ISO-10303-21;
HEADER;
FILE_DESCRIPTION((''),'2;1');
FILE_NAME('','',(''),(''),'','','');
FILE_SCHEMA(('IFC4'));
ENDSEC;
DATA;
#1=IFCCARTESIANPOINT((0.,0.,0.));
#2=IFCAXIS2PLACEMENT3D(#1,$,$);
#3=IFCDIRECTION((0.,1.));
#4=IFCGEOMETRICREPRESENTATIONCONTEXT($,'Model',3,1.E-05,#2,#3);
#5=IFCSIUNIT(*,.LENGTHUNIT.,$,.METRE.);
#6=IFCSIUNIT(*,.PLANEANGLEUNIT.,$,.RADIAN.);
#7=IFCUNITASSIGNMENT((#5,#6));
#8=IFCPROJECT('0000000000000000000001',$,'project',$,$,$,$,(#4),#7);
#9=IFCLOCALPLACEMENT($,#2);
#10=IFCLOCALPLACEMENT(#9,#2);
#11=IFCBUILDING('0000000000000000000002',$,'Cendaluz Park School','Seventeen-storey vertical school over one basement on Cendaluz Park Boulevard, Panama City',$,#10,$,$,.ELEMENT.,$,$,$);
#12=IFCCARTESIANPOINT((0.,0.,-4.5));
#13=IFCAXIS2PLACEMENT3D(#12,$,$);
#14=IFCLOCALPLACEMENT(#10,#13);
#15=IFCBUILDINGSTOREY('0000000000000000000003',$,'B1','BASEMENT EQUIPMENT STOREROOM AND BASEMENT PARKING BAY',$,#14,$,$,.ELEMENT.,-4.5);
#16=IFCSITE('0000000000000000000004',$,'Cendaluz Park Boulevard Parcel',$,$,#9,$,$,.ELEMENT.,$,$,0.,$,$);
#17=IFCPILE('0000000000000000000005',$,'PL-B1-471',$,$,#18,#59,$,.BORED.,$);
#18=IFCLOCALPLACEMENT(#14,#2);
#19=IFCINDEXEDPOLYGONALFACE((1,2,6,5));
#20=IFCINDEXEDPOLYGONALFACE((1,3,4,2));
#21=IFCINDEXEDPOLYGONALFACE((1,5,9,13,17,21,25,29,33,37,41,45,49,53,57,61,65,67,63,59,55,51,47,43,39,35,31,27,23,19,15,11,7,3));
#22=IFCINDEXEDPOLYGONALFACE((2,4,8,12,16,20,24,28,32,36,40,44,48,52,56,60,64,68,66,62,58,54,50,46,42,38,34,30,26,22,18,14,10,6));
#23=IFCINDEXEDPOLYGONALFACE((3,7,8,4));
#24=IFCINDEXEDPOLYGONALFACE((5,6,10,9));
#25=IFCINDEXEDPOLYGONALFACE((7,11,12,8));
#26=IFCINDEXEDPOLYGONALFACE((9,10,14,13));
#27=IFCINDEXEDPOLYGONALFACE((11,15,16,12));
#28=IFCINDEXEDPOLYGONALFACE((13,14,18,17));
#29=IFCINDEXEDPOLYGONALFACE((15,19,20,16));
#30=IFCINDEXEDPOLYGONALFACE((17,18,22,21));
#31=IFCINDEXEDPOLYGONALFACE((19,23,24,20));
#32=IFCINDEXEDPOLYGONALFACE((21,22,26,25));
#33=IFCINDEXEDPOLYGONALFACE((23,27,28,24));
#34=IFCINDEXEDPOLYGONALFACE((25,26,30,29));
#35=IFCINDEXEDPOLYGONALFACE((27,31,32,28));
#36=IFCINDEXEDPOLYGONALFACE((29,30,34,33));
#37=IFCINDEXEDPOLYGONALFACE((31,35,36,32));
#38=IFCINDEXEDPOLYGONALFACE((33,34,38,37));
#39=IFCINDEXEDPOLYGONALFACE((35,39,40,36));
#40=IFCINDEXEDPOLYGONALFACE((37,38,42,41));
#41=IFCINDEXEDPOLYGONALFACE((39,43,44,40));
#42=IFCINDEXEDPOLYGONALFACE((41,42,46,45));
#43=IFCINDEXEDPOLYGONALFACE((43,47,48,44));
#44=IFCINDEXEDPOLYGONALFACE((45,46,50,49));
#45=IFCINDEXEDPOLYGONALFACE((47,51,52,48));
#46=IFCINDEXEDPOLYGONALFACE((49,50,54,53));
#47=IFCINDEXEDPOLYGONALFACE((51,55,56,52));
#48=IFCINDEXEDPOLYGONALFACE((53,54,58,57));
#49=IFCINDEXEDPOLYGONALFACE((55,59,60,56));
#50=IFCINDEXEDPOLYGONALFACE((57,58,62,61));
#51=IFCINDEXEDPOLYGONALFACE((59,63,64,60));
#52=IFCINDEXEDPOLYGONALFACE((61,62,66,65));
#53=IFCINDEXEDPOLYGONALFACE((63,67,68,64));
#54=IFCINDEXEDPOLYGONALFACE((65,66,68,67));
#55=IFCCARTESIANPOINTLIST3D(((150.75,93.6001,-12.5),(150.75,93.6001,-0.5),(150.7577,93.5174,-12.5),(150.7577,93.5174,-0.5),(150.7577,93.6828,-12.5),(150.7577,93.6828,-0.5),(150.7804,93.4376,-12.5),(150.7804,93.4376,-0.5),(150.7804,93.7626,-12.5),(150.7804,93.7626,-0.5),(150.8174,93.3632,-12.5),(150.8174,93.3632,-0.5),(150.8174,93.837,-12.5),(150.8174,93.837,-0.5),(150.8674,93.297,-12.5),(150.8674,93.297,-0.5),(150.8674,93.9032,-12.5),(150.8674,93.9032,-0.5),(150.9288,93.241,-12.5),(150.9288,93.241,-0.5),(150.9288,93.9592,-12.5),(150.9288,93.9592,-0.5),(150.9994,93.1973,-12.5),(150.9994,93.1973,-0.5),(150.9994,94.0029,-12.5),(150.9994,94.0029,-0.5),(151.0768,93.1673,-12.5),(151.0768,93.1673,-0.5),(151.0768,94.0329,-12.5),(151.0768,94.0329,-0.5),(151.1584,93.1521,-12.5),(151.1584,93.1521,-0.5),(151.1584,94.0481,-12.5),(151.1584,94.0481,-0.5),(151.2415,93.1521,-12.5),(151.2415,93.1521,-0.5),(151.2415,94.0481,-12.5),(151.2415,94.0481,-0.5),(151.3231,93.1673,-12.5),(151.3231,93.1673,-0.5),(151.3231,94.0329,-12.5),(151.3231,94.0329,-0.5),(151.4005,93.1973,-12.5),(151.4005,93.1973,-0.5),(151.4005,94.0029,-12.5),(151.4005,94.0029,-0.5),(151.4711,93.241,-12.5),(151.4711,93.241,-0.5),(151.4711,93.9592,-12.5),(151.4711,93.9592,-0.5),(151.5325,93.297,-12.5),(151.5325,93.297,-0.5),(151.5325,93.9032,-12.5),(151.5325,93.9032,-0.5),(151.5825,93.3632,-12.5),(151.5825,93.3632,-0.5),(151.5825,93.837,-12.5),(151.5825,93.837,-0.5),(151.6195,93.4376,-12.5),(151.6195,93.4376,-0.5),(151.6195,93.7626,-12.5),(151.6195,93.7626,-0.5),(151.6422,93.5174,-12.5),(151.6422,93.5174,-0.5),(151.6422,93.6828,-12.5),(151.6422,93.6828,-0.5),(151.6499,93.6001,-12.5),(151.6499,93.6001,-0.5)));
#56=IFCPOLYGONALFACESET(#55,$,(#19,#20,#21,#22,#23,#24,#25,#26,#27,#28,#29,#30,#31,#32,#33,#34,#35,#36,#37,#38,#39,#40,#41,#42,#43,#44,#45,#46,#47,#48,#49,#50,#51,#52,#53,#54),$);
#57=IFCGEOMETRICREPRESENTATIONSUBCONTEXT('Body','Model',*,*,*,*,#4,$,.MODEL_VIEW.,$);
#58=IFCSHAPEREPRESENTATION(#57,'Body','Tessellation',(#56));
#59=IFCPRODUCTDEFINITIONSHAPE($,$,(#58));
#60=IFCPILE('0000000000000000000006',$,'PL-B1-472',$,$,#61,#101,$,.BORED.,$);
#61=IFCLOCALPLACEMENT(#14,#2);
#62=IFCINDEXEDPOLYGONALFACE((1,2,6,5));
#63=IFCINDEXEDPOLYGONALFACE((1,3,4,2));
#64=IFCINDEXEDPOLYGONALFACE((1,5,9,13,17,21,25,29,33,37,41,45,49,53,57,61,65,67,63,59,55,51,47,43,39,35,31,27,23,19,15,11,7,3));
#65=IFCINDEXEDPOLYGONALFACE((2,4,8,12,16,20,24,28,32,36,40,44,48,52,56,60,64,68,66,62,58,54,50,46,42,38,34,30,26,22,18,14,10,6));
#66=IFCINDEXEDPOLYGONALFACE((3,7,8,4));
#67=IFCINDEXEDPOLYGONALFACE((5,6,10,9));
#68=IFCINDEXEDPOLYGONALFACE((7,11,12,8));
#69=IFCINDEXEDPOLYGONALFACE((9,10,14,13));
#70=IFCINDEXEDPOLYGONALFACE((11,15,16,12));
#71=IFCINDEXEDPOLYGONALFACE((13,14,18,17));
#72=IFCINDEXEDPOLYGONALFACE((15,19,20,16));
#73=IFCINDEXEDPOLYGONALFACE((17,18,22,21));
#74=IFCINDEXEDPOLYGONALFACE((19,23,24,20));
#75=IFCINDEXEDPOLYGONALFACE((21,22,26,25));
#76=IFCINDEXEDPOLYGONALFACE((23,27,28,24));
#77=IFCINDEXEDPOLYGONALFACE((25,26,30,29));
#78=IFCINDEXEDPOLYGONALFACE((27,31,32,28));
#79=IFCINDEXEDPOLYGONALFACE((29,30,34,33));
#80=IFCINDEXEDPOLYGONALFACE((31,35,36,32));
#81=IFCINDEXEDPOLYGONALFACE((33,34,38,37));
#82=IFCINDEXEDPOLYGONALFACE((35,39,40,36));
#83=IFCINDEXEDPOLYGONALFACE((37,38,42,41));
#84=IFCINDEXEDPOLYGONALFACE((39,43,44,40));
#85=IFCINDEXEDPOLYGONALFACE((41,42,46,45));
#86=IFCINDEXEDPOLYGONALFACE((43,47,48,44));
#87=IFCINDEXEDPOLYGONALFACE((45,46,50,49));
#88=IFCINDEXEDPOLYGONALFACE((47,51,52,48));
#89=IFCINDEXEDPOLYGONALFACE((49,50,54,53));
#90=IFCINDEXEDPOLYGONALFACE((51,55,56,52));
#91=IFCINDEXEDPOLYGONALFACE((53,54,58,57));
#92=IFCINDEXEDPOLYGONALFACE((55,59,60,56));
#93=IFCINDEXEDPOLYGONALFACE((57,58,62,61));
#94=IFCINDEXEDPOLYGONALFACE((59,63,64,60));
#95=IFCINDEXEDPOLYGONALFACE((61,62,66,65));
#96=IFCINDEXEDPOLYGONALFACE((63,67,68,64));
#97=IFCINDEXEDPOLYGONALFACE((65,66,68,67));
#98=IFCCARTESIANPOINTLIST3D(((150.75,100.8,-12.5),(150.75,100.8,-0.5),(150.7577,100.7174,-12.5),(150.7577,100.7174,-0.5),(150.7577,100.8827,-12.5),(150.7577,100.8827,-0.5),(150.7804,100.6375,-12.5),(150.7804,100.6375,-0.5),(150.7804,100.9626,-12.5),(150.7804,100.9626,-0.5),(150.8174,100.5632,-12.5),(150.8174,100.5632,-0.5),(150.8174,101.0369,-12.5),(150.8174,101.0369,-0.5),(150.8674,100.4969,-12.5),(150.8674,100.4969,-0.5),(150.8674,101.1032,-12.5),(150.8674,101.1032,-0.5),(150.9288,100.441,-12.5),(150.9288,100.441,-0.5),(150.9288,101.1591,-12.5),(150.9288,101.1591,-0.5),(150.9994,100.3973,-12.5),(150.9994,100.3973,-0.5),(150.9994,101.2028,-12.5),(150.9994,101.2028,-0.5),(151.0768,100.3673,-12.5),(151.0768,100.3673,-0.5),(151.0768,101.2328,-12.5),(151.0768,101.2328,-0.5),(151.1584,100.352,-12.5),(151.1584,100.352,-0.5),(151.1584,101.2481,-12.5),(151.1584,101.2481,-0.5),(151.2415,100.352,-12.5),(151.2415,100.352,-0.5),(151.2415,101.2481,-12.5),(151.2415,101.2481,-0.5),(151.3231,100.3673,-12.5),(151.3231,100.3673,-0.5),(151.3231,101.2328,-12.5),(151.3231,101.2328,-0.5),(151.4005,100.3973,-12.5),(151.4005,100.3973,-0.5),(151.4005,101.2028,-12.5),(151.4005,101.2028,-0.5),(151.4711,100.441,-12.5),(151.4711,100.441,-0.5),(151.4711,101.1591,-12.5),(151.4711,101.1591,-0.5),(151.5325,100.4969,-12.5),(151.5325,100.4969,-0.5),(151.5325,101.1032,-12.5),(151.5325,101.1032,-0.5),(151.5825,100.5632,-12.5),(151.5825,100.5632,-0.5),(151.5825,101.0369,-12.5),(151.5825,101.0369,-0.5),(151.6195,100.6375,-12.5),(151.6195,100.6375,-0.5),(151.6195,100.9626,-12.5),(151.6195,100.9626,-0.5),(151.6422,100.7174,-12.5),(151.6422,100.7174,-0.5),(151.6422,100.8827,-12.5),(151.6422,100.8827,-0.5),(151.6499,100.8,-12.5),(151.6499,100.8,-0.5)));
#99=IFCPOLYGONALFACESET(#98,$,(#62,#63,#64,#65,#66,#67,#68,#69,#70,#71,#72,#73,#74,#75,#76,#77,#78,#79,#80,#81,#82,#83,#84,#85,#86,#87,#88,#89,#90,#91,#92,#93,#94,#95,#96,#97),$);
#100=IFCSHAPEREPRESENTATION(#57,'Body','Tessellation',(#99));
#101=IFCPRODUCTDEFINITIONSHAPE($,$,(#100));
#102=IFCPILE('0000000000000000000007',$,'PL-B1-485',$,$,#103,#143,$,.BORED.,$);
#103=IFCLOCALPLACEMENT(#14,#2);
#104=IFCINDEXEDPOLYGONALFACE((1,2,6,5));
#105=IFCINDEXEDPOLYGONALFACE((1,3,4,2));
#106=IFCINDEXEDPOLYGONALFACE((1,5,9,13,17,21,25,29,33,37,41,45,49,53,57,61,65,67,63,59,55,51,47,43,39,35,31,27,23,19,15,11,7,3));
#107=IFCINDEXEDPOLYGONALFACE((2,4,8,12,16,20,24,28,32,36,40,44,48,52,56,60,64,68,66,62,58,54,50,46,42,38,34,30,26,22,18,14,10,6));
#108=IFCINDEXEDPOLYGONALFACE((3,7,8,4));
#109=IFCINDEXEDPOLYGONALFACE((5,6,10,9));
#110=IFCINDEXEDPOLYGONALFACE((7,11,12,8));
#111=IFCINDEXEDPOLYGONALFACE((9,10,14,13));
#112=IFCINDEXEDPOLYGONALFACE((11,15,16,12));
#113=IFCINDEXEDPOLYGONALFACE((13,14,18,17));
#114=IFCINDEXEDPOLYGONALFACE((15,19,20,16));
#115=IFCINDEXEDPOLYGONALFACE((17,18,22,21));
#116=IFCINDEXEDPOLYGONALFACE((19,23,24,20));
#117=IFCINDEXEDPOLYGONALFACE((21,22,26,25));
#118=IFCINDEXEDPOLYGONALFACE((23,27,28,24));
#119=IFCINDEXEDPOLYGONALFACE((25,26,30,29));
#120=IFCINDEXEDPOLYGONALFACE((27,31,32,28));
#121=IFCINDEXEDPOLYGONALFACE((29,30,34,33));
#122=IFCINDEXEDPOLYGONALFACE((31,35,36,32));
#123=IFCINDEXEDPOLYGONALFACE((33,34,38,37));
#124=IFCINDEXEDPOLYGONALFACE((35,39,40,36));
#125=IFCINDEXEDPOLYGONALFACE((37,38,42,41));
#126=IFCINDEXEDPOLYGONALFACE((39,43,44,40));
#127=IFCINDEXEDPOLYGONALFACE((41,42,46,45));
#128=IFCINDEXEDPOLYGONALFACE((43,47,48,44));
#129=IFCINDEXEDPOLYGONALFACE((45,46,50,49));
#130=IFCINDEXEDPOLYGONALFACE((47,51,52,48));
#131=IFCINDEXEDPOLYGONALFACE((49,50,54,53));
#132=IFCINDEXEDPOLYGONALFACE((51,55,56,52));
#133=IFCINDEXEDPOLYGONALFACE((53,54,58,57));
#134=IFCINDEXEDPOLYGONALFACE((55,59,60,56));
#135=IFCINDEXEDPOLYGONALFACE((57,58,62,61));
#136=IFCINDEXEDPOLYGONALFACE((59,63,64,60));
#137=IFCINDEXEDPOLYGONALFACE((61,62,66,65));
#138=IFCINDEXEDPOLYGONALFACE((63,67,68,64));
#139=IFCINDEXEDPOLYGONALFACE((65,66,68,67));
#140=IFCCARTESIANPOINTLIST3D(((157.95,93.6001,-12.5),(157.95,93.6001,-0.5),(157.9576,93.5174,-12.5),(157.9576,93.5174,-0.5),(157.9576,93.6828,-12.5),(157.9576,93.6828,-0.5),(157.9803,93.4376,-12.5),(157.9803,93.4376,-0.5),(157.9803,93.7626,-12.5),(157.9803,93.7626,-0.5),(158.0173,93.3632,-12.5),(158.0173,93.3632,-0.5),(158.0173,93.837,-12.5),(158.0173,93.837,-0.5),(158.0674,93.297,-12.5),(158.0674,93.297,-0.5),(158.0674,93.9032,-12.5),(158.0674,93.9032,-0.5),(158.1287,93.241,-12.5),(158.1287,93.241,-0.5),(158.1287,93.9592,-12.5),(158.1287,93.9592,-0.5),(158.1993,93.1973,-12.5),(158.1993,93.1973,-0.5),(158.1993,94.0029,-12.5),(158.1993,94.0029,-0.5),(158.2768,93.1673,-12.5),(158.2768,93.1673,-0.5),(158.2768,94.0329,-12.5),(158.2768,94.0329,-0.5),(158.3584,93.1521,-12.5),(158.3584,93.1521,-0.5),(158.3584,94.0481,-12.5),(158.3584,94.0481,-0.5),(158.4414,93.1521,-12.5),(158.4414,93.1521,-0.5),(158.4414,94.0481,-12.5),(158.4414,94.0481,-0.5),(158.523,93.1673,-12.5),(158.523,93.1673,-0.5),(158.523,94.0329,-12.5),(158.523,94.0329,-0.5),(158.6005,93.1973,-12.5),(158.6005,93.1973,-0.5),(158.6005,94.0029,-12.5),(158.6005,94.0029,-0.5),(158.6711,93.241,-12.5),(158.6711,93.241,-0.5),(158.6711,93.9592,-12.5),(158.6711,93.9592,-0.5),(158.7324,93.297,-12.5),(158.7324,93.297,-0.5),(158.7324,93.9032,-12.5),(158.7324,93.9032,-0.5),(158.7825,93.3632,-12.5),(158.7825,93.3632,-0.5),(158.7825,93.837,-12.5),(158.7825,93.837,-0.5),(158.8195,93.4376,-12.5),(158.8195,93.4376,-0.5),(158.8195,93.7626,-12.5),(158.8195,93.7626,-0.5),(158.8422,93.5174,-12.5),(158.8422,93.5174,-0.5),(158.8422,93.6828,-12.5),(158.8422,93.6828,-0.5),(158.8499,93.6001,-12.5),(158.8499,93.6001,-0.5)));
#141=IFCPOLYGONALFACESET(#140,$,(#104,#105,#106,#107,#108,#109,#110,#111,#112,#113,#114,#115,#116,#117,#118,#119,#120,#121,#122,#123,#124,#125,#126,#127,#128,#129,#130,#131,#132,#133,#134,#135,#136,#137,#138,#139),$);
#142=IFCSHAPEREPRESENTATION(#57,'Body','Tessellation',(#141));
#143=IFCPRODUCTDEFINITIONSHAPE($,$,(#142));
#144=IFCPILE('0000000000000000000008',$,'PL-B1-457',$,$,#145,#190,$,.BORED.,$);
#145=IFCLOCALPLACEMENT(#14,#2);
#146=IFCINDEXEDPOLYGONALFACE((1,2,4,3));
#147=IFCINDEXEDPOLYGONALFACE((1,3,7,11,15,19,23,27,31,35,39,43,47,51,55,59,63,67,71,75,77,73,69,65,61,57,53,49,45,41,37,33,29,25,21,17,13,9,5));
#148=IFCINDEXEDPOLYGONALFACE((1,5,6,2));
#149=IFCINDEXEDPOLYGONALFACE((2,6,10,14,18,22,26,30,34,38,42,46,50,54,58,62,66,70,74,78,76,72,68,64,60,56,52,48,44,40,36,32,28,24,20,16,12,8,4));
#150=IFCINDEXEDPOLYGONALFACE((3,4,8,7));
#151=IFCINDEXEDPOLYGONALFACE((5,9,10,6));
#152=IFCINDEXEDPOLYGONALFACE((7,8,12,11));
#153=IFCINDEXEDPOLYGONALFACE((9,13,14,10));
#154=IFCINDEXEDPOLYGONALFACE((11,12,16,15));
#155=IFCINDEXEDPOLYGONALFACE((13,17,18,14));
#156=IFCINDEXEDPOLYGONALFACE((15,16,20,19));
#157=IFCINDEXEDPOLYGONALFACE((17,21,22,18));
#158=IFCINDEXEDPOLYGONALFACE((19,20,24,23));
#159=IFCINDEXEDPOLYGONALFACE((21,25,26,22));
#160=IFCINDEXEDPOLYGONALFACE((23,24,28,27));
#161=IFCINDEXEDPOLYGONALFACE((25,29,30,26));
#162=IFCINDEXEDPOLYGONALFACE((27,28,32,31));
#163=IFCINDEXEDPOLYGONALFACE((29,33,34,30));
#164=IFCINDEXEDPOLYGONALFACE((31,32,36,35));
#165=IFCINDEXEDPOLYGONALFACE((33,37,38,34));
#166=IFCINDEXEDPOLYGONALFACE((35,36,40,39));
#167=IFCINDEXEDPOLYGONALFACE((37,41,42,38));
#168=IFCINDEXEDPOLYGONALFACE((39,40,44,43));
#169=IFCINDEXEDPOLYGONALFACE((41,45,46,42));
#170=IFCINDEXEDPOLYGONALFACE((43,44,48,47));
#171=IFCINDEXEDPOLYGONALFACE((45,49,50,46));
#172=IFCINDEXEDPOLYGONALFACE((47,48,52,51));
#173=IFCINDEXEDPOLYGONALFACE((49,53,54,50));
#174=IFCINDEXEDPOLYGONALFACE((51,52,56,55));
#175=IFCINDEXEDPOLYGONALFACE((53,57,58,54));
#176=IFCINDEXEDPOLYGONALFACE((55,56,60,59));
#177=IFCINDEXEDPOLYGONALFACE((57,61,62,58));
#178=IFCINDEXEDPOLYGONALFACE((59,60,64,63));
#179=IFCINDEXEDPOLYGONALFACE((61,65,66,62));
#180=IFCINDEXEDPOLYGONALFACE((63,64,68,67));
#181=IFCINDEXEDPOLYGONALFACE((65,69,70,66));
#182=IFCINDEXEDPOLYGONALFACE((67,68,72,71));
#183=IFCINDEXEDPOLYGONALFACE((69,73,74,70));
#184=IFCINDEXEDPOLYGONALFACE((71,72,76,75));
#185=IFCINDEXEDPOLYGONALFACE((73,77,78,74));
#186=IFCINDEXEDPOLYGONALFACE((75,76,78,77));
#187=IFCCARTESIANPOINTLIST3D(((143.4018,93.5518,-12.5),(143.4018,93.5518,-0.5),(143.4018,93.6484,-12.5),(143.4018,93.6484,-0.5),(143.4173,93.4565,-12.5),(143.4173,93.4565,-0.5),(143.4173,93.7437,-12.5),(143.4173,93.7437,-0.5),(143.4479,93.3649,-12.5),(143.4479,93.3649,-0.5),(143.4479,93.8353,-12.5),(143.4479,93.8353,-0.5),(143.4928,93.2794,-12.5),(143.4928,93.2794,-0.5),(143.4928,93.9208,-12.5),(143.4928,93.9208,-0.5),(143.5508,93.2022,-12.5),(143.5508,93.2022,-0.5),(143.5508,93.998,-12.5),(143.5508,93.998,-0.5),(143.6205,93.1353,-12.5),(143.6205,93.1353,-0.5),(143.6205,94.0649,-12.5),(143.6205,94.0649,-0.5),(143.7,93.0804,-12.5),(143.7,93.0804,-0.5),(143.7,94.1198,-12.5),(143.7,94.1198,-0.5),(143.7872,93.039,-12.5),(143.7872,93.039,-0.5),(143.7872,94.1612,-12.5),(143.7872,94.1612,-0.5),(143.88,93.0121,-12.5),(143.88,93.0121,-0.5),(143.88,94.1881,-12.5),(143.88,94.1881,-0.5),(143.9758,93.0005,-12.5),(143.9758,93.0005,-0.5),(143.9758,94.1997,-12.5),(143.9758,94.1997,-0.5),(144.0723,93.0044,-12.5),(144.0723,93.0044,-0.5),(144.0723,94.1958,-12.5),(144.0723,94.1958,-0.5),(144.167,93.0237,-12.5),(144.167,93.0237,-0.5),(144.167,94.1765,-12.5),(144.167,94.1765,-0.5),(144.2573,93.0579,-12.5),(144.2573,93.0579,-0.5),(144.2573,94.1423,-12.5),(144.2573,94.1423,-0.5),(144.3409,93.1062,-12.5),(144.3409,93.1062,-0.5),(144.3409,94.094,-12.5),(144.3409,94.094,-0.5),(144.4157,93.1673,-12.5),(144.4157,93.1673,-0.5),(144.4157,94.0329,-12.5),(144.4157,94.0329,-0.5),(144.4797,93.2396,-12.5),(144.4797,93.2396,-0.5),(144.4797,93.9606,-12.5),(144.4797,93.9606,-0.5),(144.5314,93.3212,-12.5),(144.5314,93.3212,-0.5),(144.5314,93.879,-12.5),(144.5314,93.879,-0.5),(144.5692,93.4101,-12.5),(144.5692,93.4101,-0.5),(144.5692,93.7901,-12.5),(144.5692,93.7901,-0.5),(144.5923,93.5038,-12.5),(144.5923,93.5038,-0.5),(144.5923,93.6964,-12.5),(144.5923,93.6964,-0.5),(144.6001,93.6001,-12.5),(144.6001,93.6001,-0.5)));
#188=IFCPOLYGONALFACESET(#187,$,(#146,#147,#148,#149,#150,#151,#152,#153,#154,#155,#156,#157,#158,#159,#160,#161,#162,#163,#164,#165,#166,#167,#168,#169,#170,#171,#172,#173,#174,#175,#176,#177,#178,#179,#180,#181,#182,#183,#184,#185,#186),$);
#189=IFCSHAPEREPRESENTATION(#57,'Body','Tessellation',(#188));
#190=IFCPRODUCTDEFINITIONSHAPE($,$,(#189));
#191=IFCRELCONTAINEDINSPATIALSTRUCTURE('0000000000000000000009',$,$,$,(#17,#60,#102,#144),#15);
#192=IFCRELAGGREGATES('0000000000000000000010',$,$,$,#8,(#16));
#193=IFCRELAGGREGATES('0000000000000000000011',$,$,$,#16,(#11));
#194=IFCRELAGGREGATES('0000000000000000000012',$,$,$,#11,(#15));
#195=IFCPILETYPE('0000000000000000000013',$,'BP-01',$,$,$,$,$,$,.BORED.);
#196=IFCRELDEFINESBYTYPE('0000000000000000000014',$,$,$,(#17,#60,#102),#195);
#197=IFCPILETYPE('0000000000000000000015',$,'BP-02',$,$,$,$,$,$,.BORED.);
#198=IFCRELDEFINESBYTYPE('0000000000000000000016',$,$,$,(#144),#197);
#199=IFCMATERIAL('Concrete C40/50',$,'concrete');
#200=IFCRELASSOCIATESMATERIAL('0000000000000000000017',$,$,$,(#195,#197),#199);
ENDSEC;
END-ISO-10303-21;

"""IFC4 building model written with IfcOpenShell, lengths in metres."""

from ifc_helpers import new_model, si_unit, direction, frame, origin, origin_2d, place, context, subcontext, project, spatial, circle, extrude, material, material_profile, profile_set, type_object, element, save


model = new_model("IFC4")

# Units and contexts
model_context = context("Model", 3, precision=1e-05, world=origin(), true_north=direction((0.0, 1.0)))
body_context = subcontext(model_context, "Body", "Model", "MODEL_VIEW")
ifc_project = project(units=[si_unit("LENGTHUNIT", "METRE"), si_unit("PLANEANGLEUNIT", "RADIAN")], contexts=[model_context])

# Site, building, storey
site_placement = place(None, origin())
site = spatial("IfcSite", under=ifc_project, at=site_placement, Name="Cendaluz Park Boulevard Parcel", CompositionType="ELEMENT", RefElevation=0.0)
building_placement = place(site_placement, origin())
building = spatial("IfcBuilding", under=site, at=building_placement, Name="Cendaluz Park School", Description="Seventeen-storey vertical school over one basement on Cendaluz Park Boulevard, Panama City", CompositionType="ELEMENT")
storey_placement = place(building_placement, frame((0.0, 0.0, -4.5)))
storey = spatial("IfcBuildingStorey", under=building, at=storey_placement, Name="B1", Description="BASEMENT EQUIPMENT STOREROOM AND BASEMENT PARKING BAY", CompositionType="ELEMENT", Elevation=-4.5)

# Piles
ifc_material_1 = material(Name="Concrete C40/50", Category="concrete")
ifc_material_profile_1 = material_profile(ifc_material_1, circle(Radius=0.45, at=origin_2d()), Name="BP D900", Category="concrete")
ifc_profile_set_1 = profile_set([ifc_material_profile_1], Name="Concrete C40/50")
pile_type_1 = type_object("IfcPileType", Name="BP-01", PredefinedType="BORED", material=ifc_profile_set_1)
for number, where, z_axis, x_axis, name in (
    (1, (151.2, 93.6001, -0.5), (0.0, 0.0, -1.0), (1.0, 0.0, 0.0), "PL-B1-471"),
    (2, (151.2, 100.8, -0.5), (0.0, 0.0, -1.0), (1.0, 0.0, 0.0), "PL-B1-472"),
    (3, (158.3999, 93.6001, -0.5), (0.0, 0.0, -1.0), (1.0, 0.0, 0.0), "PL-B1-485"),
):
    element("IfcPile", number, at=place(storey_placement, frame(where, z_axis=z_axis, x_axis=x_axis)), inside=storey, type_object=pile_type_1, Name=name, PredefinedType="BORED", context=body_context, shape_type="SweptSolid", body=[
        extrude(circle(Radius=0.45, at=origin_2d()), origin(), (0.0, 0.0, 1.0), 12.0),
    ])
ifc_material_profile_2 = material_profile(ifc_material_1, circle(Radius=0.6001, at=origin_2d()), Name="BP D1200", Category="concrete")
ifc_profile_set_2 = profile_set([ifc_material_profile_2], Name="Concrete C40/50")
pile_type_2 = type_object("IfcPileType", Name="BP-02", PredefinedType="BORED", material=ifc_profile_set_2)
for number, where, z_axis, x_axis, name in (
    (4, (144.0, 93.6001, -0.5), (0.0, 0.0, -1.0), (1.0, 0.0, 0.0), "PL-B1-457"),
):
    element("IfcPile", number, at=place(storey_placement, frame(where, z_axis=z_axis, x_axis=x_axis)), inside=storey, type_object=pile_type_2, Name=name, PredefinedType="BORED", context=body_context, shape_type="SweptSolid", body=[
        extrude(circle(Radius=0.6001, at=origin_2d()), origin(), (0.0, 0.0, 1.0), 12.0),
    ])

save(model, "model.ifc")
